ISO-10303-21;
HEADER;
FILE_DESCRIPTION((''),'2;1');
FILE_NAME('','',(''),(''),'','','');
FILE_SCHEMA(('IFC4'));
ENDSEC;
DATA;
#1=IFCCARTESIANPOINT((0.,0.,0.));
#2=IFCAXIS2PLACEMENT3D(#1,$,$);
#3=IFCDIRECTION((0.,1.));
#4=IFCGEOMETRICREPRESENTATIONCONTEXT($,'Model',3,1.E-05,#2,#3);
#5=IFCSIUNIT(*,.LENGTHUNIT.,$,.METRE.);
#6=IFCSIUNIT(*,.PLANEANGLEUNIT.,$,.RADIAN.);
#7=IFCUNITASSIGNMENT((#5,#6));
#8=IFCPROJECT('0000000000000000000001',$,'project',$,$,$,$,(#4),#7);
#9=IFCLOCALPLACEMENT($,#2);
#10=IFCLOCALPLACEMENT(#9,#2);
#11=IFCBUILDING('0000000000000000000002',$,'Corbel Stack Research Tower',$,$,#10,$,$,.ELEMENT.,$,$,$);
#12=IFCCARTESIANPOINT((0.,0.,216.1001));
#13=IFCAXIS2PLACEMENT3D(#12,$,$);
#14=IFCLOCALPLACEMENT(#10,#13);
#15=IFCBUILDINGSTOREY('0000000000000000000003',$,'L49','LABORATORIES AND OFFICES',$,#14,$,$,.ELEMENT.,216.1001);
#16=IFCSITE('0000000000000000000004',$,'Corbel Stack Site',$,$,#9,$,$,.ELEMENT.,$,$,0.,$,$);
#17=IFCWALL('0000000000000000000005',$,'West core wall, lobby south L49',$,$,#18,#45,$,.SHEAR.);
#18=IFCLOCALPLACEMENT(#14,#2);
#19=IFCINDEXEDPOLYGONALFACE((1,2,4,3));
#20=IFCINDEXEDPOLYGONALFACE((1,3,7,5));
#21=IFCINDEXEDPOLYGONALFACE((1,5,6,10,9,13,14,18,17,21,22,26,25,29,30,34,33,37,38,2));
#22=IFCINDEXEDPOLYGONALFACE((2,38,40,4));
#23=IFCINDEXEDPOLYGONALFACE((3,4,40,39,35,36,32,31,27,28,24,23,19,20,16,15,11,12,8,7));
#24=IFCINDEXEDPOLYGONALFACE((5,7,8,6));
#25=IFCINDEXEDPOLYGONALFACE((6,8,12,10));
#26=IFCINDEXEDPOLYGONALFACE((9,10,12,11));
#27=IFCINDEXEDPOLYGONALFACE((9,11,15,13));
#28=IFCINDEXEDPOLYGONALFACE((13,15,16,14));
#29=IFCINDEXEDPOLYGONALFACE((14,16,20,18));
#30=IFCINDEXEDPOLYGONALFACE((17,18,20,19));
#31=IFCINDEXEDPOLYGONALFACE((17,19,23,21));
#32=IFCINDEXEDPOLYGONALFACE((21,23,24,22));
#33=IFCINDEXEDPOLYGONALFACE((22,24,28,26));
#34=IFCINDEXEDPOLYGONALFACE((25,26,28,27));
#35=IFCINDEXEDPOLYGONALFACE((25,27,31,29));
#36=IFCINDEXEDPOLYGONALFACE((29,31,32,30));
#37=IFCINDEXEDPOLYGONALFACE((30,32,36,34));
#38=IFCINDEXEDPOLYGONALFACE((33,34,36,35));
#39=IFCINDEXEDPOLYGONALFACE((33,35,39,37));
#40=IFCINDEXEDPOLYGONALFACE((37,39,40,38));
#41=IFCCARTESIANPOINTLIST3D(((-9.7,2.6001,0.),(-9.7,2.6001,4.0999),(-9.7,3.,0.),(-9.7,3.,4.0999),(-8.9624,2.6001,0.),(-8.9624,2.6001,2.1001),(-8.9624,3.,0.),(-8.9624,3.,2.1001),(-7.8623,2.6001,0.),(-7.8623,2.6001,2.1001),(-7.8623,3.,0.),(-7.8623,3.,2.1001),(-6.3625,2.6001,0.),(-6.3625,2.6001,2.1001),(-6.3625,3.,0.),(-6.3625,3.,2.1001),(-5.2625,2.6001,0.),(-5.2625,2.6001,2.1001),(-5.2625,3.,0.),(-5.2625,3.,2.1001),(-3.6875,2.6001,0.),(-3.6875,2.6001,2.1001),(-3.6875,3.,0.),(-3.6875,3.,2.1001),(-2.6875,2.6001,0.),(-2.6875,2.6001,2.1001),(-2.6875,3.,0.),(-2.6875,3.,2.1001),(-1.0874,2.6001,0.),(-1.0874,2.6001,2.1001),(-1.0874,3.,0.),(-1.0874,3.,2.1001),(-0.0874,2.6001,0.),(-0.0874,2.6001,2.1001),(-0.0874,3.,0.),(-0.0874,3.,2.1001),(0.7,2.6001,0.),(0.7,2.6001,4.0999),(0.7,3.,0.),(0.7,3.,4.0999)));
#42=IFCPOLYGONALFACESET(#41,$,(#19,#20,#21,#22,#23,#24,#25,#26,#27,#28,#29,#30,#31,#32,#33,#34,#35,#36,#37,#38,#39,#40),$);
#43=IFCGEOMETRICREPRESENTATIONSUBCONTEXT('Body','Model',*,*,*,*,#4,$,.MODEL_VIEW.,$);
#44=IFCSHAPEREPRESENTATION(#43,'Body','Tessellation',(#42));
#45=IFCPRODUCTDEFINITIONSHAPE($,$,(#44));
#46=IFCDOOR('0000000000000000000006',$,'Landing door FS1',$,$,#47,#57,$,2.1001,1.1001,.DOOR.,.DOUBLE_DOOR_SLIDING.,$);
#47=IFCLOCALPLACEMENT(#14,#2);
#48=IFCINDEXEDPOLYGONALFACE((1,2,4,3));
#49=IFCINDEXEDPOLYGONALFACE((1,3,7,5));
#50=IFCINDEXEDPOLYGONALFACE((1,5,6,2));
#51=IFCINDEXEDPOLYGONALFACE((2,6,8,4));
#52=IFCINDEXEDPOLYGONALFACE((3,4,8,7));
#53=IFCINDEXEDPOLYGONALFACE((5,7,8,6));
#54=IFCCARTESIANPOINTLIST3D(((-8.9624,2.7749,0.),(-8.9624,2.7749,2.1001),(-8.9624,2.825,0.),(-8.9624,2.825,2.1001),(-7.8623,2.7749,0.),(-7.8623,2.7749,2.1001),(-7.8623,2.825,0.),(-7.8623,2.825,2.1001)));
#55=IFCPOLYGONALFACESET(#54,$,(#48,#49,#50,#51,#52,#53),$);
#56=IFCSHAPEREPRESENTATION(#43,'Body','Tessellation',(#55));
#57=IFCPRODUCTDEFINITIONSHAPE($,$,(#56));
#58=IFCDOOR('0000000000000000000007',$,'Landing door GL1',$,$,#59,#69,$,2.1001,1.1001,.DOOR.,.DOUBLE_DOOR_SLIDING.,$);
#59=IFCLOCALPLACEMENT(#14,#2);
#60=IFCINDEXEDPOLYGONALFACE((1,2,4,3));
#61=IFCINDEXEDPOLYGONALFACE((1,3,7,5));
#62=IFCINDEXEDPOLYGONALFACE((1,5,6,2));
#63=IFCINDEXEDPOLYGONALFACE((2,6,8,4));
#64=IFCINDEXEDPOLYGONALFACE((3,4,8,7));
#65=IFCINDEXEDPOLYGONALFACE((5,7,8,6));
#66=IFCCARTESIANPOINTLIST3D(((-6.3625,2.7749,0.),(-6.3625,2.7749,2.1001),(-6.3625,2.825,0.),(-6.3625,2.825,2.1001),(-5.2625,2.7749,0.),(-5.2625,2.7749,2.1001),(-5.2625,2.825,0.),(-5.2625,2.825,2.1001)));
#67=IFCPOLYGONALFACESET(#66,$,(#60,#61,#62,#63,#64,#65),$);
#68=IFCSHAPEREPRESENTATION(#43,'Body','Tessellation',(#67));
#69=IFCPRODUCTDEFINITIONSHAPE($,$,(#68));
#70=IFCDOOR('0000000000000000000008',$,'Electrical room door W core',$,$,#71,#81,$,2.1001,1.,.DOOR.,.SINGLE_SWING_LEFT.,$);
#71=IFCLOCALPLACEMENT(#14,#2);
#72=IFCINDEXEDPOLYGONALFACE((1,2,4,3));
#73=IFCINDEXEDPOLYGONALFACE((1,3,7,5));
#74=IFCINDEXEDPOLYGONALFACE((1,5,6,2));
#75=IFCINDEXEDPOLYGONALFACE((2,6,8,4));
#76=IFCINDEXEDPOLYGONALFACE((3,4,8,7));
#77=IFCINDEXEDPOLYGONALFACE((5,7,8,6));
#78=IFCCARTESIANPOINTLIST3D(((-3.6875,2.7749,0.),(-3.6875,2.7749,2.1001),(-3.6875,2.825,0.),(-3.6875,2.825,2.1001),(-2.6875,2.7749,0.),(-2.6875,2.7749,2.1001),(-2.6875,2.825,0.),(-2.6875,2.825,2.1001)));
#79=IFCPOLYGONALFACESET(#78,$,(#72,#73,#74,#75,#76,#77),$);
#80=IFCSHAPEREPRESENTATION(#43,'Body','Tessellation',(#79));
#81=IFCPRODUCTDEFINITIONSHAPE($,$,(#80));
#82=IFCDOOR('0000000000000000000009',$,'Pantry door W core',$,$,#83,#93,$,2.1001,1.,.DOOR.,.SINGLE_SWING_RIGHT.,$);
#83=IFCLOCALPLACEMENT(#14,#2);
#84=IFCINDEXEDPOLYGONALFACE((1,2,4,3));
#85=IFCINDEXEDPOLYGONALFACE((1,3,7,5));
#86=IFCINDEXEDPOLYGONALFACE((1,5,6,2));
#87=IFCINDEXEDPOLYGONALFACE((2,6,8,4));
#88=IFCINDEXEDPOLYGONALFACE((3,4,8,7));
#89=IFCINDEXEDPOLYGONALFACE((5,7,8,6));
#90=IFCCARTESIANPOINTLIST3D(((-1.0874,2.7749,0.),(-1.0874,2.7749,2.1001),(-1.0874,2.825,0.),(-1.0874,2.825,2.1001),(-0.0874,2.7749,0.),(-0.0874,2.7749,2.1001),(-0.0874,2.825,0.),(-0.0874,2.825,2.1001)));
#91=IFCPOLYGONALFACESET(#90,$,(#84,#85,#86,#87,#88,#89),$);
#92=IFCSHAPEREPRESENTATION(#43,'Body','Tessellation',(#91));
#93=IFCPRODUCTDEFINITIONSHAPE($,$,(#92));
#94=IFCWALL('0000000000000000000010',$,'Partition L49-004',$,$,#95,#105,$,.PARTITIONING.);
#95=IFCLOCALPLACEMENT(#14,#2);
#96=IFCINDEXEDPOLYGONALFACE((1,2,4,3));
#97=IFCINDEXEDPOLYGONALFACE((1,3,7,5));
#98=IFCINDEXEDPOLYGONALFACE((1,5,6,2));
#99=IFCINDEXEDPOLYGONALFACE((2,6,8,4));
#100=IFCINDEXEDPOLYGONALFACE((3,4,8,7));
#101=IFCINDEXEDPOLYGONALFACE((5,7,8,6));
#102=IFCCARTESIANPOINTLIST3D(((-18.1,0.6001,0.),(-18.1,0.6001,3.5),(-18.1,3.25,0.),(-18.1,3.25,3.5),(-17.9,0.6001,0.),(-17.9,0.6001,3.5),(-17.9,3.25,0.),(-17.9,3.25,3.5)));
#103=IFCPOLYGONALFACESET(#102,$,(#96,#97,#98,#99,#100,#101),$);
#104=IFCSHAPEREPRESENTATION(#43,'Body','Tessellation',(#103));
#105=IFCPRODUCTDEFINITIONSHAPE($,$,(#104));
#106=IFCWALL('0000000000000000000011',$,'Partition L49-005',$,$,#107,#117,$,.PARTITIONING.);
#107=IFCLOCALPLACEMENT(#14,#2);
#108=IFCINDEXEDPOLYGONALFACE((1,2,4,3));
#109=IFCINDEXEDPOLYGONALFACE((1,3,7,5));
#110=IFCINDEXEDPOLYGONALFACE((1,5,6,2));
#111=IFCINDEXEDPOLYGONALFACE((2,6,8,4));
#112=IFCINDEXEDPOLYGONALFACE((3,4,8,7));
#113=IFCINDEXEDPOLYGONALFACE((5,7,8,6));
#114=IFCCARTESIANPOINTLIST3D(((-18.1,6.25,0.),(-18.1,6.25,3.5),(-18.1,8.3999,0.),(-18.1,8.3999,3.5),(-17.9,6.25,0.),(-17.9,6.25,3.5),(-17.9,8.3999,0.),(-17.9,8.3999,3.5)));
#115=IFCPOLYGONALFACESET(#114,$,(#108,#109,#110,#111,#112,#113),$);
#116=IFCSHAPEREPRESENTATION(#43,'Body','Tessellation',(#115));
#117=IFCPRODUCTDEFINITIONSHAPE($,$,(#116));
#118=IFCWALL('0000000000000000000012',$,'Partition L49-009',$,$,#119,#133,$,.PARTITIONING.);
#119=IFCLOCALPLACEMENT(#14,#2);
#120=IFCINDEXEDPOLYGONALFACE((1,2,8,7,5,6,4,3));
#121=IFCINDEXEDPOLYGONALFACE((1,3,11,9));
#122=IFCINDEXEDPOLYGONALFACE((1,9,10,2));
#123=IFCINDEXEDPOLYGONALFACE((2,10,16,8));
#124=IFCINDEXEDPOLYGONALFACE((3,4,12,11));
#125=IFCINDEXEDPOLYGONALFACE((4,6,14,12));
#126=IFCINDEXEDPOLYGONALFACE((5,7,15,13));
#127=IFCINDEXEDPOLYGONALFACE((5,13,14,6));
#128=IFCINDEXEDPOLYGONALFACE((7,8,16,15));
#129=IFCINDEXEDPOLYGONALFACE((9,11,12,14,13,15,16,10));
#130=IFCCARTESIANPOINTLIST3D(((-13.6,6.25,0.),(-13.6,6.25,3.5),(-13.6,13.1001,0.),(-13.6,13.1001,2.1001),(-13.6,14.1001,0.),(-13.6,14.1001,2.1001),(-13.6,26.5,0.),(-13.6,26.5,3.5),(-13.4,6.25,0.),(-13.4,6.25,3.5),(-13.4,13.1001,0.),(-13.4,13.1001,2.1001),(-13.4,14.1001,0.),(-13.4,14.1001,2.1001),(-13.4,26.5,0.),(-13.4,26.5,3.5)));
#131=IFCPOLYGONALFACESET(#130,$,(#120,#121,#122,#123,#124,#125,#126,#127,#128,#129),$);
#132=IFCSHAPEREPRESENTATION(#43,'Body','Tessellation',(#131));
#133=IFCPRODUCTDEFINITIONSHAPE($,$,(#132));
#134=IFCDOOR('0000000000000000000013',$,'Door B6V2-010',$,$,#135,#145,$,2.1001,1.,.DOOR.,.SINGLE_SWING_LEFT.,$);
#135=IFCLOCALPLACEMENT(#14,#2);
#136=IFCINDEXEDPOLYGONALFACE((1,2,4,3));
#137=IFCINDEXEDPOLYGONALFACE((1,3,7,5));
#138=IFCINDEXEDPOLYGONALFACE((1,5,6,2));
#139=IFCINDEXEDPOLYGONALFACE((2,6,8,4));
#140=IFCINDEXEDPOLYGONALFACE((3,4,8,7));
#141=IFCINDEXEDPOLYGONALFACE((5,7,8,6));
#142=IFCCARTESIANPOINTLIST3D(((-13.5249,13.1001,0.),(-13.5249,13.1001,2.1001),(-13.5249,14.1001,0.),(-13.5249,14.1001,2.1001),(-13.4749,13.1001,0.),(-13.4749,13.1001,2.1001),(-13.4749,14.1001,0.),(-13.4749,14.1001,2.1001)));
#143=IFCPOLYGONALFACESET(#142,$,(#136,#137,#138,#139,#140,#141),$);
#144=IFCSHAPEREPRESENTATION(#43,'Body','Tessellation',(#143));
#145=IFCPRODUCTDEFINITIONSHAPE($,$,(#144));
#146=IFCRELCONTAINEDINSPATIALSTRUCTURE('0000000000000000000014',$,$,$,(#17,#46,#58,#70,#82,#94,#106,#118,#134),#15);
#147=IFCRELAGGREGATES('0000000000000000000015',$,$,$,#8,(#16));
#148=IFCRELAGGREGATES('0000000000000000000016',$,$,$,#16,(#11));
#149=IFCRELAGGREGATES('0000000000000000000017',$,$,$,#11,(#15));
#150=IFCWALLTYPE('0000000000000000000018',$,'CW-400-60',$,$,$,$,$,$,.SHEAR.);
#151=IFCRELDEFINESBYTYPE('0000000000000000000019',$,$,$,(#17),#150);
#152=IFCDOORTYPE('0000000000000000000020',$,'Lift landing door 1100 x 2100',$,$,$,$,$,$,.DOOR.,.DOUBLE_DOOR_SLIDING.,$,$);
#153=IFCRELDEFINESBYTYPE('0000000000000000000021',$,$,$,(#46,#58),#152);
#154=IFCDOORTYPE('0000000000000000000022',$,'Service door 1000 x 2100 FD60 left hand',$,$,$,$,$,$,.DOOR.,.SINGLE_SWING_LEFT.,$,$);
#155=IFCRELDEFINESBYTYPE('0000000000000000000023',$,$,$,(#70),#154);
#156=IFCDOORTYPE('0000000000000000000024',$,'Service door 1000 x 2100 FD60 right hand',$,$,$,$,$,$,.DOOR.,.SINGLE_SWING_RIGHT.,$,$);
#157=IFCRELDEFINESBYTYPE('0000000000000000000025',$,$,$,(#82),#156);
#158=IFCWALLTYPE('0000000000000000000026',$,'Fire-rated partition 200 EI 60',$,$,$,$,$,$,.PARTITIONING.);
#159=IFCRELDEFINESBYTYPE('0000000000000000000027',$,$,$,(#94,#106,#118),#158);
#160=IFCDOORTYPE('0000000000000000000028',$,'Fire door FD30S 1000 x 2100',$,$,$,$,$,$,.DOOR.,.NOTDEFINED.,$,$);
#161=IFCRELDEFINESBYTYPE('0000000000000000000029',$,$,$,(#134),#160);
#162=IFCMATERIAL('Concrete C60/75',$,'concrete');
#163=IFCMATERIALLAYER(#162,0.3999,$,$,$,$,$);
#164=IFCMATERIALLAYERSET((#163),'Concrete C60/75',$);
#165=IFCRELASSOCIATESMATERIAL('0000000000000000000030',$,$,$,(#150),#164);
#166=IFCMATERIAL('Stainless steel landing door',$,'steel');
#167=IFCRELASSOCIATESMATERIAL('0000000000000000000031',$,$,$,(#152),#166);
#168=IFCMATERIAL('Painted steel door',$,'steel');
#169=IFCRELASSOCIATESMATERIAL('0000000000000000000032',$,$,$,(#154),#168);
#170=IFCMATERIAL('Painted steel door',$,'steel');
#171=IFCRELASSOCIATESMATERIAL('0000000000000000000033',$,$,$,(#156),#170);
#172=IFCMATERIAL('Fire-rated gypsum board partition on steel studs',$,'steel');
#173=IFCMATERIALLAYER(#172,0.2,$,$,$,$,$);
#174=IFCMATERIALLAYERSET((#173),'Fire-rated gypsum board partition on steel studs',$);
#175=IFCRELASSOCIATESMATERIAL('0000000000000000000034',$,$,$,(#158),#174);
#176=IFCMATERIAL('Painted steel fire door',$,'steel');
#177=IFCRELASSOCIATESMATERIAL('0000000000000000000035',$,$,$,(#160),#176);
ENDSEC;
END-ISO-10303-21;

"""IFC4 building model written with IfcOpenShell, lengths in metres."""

from ifc_helpers import new_model, si_unit, direction, frame, frame_2d, origin, place, context, subcontext, project, spatial, rectangle, extrude, material, layer, layer_set, type_object, element, fill, save


model = new_model("IFC4")

# Units and contexts
model_context = context("Model", 3, precision=1e-05, world=origin(), true_north=direction((0.0, 1.0)))
body_context = subcontext(model_context, "Body", "Model", "MODEL_VIEW")
ifc_project = project(units=[si_unit("LENGTHUNIT", "METRE"), si_unit("PLANEANGLEUNIT", "RADIAN")], contexts=[model_context])

# Site, building, storey
site_placement = place(None, origin())
site = spatial("IfcSite", under=ifc_project, at=site_placement, Name="Corbel Stack Site", CompositionType="ELEMENT", RefElevation=0.0)
building_placement = place(site_placement, origin())
building = spatial("IfcBuilding", under=site, at=building_placement, Name="Corbel Stack Research Tower", CompositionType="ELEMENT")
storey_placement = place(building_placement, frame((0.0, 0.0, 216.1001)))
storey = spatial("IfcBuildingStorey", under=building, at=storey_placement, Name="L49", Description="LABORATORIES AND OFFICES", CompositionType="ELEMENT", Elevation=216.1001)

# Wall, openings, doors
ifc_material_1 = material(Name="Concrete C60/75", Category="concrete")
ifc_layer_1 = layer(ifc_material_1, 0.3999)
ifc_layer_set_1 = layer_set([ifc_layer_1], Name="Concrete C60/75")
wall_type_1 = type_object("IfcWallType", Name="CW-400-60", PredefinedType="SHEAR", material=ifc_layer_set_1)
wall_1_placement = place(storey_placement, frame((-9.7, 2.8, 0.0), z_axis=(0.0, 0.0, 1.0), x_axis=(1.0, 0.0, 0.0)))
wall_1 = element("IfcWall", 1, at=wall_1_placement, inside=storey, type_object=wall_type_1, Name="West core wall, lobby south L49", PredefinedType="SHEAR", context=body_context, shape_type="SweptSolid", body=[
    extrude(rectangle(XDim=10.3999, YDim=0.3999, at=frame_2d((5.2, 0.0))), origin(), (0.0, 0.0, 1.0), 4.0999),
])
opening_1_placement = place(wall_1_placement, frame((0.7375, 0.0, 0.0)))
opening_1 = element("IfcOpeningElement", 2, at=opening_1_placement, cuts=wall_1, PredefinedType="OPENING", context=body_context, shape_type="SweptSolid", body=[
    extrude(rectangle(XDim=1.1001, YDim=2.1001, at=frame_2d((0.55, 1.05))), frame((0.0, 0.21, 0.0), z_axis=(0.0, -1.0, 0.0), x_axis=(1.0, 0.0, 0.0)), (0.0, 0.0, 1.0), 0.4199),
])
opening_2_placement = place(wall_1_placement, frame((3.3374, 0.0, 0.0)))
opening_2 = element("IfcOpeningElement", 3, at=opening_2_placement, cuts=wall_1, PredefinedType="OPENING", context=body_context, shape_type="SweptSolid", body=[
    extrude(rectangle(XDim=1.1001, YDim=2.1001, at=frame_2d((0.55, 1.05))), frame((0.0, 0.21, 0.0), z_axis=(0.0, -1.0, 0.0), x_axis=(1.0, 0.0, 0.0)), (0.0, 0.0, 1.0), 0.4199),
])
opening_3_placement = place(wall_1_placement, frame((6.0125, 0.0, 0.0)))
opening_3 = element("IfcOpeningElement", 4, at=opening_3_placement, cuts=wall_1, PredefinedType="OPENING", context=body_context, shape_type="SweptSolid", body=[
    extrude(rectangle(XDim=1.0, YDim=2.1001, at=frame_2d((0.5, 1.05))), frame((0.0, 0.21, 0.0), z_axis=(0.0, -1.0, 0.0), x_axis=(1.0, 0.0, 0.0)), (0.0, 0.0, 1.0), 0.4199),
])
opening_4_placement = place(wall_1_placement, frame((8.6125, 0.0, 0.0)))
opening_4 = element("IfcOpeningElement", 5, at=opening_4_placement, cuts=wall_1, PredefinedType="OPENING", context=body_context, shape_type="SweptSolid", body=[
    extrude(rectangle(XDim=1.0, YDim=2.1001, at=frame_2d((0.5, 1.05))), frame((0.0, 0.21, 0.0), z_axis=(0.0, -1.0, 0.0), x_axis=(1.0, 0.0, 0.0)), (0.0, 0.0, 1.0), 0.4199),
])
ifc_material_2 = material(Name="Stainless steel landing door", Category="steel")
door_type_1 = type_object("IfcDoorType", Name="Lift landing door 1100 x 2100", OperationType="DOUBLE_DOOR_SLIDING", PredefinedType="DOOR", material=ifc_material_2)
door_1_placement = place(opening_1_placement, origin())
door_1 = element("IfcDoor", 6, at=door_1_placement, inside=storey, type_object=door_type_1, Name="Landing door FS1", OperationType="DOUBLE_DOOR_SLIDING", OverallHeight=2.1001, OverallWidth=1.1001, PredefinedType="DOOR", context=body_context, shape_type="SweptSolid", body=[
    extrude(rectangle(XDim=1.1001, YDim=2.1001, at=frame_2d((0.55, 1.05))), frame((0.0, 0.0249, 0.0), z_axis=(0.0, -1.0, 0.0), x_axis=(1.0, 0.0, 0.0)), (0.0, 0.0, 1.0), 0.05),
])
fill(opening_1, door_1)
door_2_placement = place(opening_2_placement, origin())
door_2 = element("IfcDoor", 7, at=door_2_placement, inside=storey, type_object=door_type_1, Name="Landing door GL1", OperationType="DOUBLE_DOOR_SLIDING", OverallHeight=2.1001, OverallWidth=1.1001, PredefinedType="DOOR", context=body_context, shape_type="SweptSolid", body=[
    extrude(rectangle(XDim=1.1001, YDim=2.1001, at=frame_2d((0.55, 1.05))), frame((0.0, 0.0249, 0.0), z_axis=(0.0, -1.0, 0.0), x_axis=(1.0, 0.0, 0.0)), (0.0, 0.0, 1.0), 0.05),
])
fill(opening_2, door_2)
ifc_material_3 = material(Name="Painted steel door", Category="steel")
door_type_2 = type_object("IfcDoorType", Name="Service door 1000 x 2100 FD60 left hand", OperationType="SINGLE_SWING_LEFT", PredefinedType="DOOR", material=ifc_material_3)
door_3_placement = place(opening_3_placement, origin())
door_3 = element("IfcDoor", 8, at=door_3_placement, inside=storey, type_object=door_type_2, Name="Electrical room door W core", OperationType="SINGLE_SWING_LEFT", OverallHeight=2.1001, OverallWidth=1.0, PredefinedType="DOOR", context=body_context, shape_type="SweptSolid", body=[
    extrude(rectangle(XDim=1.0, YDim=2.1001, at=frame_2d((0.5, 1.05))), frame((0.0, 0.0249, 0.0), z_axis=(0.0, -1.0, 0.0), x_axis=(1.0, 0.0, 0.0)), (0.0, 0.0, 1.0), 0.05),
])
fill(opening_3, door_3)
ifc_material_4 = material(Name="Painted steel door", Category="steel")
door_type_3 = type_object("IfcDoorType", Name="Service door 1000 x 2100 FD60 right hand", OperationType="SINGLE_SWING_RIGHT", PredefinedType="DOOR", material=ifc_material_4)
door_4_placement = place(opening_4_placement, origin())
door_4 = element("IfcDoor", 9, at=door_4_placement, inside=storey, type_object=door_type_3, Name="Pantry door W core", OperationType="SINGLE_SWING_RIGHT", OverallHeight=2.1001, OverallWidth=1.0, PredefinedType="DOOR", context=body_context, shape_type="SweptSolid", body=[
    extrude(rectangle(XDim=1.0, YDim=2.1001, at=frame_2d((0.5, 1.05))), frame((0.0, 0.0249, 0.0), z_axis=(0.0, -1.0, 0.0), x_axis=(1.0, 0.0, 0.0)), (0.0, 0.0, 1.0), 0.05),
])
fill(opening_4, door_4)

# Walls
ifc_material_5 = material(Name="Fire-rated gypsum board partition on steel studs", Category="steel")
ifc_layer_2 = layer(ifc_material_5, 0.2)
ifc_layer_set_2 = layer_set([ifc_layer_2], Name="Fire-rated gypsum board partition on steel studs")
wall_type_2 = type_object("IfcWallType", Name="Fire-rated partition 200 EI 60", PredefinedType="PARTITIONING", material=ifc_layer_set_2)
wall_2_placement = place(storey_placement, frame((-18.0, 0.6001, 0.0), z_axis=(0.0, 0.0, 1.0), x_axis=(0.0, 1.0, 0.0)))
element("IfcWall", 10, at=wall_2_placement, inside=storey, type_object=wall_type_2, Name="Partition L49-004", PredefinedType="PARTITIONING", context=body_context, shape_type="SweptSolid", body=[
    extrude(rectangle(XDim=2.6499, YDim=0.2, at=frame_2d((1.325, 0.0))), origin(), (0.0, 0.0, 1.0), 3.5),
])
wall_3_placement = place(storey_placement, frame((-18.0, 6.25, 0.0), z_axis=(0.0, 0.0, 1.0), x_axis=(0.0, 1.0, 0.0)))
element("IfcWall", 11, at=wall_3_placement, inside=storey, type_object=wall_type_2, Name="Partition L49-005", PredefinedType="PARTITIONING", context=body_context, shape_type="SweptSolid", body=[
    extrude(rectangle(XDim=2.1499, YDim=0.2, at=frame_2d((1.075, 0.0))), origin(), (0.0, 0.0, 1.0), 3.5),
])

# Wall, opening, door
wall_4_placement = place(storey_placement, frame((-13.5, 6.25, 0.0), z_axis=(0.0, 0.0, 1.0), x_axis=(0.0, 1.0, 0.0)))
wall_4 = element("IfcWall", 12, at=wall_4_placement, inside=storey, type_object=wall_type_2, Name="Partition L49-009", PredefinedType="PARTITIONING", context=body_context, shape_type="SweptSolid", body=[
    extrude(rectangle(XDim=20.25, YDim=0.2, at=frame_2d((10.125, 0.0))), origin(), (0.0, 0.0, 1.0), 3.5),
])
opening_5_placement = place(wall_4_placement, frame((6.8501, 0.0, 0.0)))
opening_5 = element("IfcOpeningElement", 13, at=opening_5_placement, cuts=wall_4, PredefinedType="OPENING", context=body_context, shape_type="SweptSolid", body=[
    extrude(rectangle(XDim=1.0, YDim=2.1001, at=frame_2d((0.5, 1.05))), frame((0.0, 0.1099, 0.0), z_axis=(0.0, -1.0, 0.0), x_axis=(1.0, 0.0, 0.0)), (0.0, 0.0, 1.0), 0.22),
])
ifc_material_6 = material(Name="Painted steel fire door", Category="steel")
door_type_4 = type_object("IfcDoorType", Name="Fire door FD30S 1000 x 2100", OperationType="NOTDEFINED", PredefinedType="DOOR", material=ifc_material_6)
door_5_placement = place(opening_5_placement, origin())
door_5 = element("IfcDoor", 14, at=door_5_placement, inside=storey, type_object=door_type_4, Name="Door B6V2-010", OperationType="SINGLE_SWING_LEFT", OverallHeight=2.1001, OverallWidth=1.0, PredefinedType="DOOR", context=body_context, shape_type="SweptSolid", body=[
    extrude(rectangle(XDim=1.0, YDim=2.1001, at=frame_2d((0.5, 1.05))), frame((0.0, 0.0249, 0.0), z_axis=(0.0, -1.0, 0.0), x_axis=(1.0, 0.0, 0.0)), (0.0, 0.0, 1.0), 0.05),
])
fill(opening_5, door_5)

save(model, "model.ifc")
